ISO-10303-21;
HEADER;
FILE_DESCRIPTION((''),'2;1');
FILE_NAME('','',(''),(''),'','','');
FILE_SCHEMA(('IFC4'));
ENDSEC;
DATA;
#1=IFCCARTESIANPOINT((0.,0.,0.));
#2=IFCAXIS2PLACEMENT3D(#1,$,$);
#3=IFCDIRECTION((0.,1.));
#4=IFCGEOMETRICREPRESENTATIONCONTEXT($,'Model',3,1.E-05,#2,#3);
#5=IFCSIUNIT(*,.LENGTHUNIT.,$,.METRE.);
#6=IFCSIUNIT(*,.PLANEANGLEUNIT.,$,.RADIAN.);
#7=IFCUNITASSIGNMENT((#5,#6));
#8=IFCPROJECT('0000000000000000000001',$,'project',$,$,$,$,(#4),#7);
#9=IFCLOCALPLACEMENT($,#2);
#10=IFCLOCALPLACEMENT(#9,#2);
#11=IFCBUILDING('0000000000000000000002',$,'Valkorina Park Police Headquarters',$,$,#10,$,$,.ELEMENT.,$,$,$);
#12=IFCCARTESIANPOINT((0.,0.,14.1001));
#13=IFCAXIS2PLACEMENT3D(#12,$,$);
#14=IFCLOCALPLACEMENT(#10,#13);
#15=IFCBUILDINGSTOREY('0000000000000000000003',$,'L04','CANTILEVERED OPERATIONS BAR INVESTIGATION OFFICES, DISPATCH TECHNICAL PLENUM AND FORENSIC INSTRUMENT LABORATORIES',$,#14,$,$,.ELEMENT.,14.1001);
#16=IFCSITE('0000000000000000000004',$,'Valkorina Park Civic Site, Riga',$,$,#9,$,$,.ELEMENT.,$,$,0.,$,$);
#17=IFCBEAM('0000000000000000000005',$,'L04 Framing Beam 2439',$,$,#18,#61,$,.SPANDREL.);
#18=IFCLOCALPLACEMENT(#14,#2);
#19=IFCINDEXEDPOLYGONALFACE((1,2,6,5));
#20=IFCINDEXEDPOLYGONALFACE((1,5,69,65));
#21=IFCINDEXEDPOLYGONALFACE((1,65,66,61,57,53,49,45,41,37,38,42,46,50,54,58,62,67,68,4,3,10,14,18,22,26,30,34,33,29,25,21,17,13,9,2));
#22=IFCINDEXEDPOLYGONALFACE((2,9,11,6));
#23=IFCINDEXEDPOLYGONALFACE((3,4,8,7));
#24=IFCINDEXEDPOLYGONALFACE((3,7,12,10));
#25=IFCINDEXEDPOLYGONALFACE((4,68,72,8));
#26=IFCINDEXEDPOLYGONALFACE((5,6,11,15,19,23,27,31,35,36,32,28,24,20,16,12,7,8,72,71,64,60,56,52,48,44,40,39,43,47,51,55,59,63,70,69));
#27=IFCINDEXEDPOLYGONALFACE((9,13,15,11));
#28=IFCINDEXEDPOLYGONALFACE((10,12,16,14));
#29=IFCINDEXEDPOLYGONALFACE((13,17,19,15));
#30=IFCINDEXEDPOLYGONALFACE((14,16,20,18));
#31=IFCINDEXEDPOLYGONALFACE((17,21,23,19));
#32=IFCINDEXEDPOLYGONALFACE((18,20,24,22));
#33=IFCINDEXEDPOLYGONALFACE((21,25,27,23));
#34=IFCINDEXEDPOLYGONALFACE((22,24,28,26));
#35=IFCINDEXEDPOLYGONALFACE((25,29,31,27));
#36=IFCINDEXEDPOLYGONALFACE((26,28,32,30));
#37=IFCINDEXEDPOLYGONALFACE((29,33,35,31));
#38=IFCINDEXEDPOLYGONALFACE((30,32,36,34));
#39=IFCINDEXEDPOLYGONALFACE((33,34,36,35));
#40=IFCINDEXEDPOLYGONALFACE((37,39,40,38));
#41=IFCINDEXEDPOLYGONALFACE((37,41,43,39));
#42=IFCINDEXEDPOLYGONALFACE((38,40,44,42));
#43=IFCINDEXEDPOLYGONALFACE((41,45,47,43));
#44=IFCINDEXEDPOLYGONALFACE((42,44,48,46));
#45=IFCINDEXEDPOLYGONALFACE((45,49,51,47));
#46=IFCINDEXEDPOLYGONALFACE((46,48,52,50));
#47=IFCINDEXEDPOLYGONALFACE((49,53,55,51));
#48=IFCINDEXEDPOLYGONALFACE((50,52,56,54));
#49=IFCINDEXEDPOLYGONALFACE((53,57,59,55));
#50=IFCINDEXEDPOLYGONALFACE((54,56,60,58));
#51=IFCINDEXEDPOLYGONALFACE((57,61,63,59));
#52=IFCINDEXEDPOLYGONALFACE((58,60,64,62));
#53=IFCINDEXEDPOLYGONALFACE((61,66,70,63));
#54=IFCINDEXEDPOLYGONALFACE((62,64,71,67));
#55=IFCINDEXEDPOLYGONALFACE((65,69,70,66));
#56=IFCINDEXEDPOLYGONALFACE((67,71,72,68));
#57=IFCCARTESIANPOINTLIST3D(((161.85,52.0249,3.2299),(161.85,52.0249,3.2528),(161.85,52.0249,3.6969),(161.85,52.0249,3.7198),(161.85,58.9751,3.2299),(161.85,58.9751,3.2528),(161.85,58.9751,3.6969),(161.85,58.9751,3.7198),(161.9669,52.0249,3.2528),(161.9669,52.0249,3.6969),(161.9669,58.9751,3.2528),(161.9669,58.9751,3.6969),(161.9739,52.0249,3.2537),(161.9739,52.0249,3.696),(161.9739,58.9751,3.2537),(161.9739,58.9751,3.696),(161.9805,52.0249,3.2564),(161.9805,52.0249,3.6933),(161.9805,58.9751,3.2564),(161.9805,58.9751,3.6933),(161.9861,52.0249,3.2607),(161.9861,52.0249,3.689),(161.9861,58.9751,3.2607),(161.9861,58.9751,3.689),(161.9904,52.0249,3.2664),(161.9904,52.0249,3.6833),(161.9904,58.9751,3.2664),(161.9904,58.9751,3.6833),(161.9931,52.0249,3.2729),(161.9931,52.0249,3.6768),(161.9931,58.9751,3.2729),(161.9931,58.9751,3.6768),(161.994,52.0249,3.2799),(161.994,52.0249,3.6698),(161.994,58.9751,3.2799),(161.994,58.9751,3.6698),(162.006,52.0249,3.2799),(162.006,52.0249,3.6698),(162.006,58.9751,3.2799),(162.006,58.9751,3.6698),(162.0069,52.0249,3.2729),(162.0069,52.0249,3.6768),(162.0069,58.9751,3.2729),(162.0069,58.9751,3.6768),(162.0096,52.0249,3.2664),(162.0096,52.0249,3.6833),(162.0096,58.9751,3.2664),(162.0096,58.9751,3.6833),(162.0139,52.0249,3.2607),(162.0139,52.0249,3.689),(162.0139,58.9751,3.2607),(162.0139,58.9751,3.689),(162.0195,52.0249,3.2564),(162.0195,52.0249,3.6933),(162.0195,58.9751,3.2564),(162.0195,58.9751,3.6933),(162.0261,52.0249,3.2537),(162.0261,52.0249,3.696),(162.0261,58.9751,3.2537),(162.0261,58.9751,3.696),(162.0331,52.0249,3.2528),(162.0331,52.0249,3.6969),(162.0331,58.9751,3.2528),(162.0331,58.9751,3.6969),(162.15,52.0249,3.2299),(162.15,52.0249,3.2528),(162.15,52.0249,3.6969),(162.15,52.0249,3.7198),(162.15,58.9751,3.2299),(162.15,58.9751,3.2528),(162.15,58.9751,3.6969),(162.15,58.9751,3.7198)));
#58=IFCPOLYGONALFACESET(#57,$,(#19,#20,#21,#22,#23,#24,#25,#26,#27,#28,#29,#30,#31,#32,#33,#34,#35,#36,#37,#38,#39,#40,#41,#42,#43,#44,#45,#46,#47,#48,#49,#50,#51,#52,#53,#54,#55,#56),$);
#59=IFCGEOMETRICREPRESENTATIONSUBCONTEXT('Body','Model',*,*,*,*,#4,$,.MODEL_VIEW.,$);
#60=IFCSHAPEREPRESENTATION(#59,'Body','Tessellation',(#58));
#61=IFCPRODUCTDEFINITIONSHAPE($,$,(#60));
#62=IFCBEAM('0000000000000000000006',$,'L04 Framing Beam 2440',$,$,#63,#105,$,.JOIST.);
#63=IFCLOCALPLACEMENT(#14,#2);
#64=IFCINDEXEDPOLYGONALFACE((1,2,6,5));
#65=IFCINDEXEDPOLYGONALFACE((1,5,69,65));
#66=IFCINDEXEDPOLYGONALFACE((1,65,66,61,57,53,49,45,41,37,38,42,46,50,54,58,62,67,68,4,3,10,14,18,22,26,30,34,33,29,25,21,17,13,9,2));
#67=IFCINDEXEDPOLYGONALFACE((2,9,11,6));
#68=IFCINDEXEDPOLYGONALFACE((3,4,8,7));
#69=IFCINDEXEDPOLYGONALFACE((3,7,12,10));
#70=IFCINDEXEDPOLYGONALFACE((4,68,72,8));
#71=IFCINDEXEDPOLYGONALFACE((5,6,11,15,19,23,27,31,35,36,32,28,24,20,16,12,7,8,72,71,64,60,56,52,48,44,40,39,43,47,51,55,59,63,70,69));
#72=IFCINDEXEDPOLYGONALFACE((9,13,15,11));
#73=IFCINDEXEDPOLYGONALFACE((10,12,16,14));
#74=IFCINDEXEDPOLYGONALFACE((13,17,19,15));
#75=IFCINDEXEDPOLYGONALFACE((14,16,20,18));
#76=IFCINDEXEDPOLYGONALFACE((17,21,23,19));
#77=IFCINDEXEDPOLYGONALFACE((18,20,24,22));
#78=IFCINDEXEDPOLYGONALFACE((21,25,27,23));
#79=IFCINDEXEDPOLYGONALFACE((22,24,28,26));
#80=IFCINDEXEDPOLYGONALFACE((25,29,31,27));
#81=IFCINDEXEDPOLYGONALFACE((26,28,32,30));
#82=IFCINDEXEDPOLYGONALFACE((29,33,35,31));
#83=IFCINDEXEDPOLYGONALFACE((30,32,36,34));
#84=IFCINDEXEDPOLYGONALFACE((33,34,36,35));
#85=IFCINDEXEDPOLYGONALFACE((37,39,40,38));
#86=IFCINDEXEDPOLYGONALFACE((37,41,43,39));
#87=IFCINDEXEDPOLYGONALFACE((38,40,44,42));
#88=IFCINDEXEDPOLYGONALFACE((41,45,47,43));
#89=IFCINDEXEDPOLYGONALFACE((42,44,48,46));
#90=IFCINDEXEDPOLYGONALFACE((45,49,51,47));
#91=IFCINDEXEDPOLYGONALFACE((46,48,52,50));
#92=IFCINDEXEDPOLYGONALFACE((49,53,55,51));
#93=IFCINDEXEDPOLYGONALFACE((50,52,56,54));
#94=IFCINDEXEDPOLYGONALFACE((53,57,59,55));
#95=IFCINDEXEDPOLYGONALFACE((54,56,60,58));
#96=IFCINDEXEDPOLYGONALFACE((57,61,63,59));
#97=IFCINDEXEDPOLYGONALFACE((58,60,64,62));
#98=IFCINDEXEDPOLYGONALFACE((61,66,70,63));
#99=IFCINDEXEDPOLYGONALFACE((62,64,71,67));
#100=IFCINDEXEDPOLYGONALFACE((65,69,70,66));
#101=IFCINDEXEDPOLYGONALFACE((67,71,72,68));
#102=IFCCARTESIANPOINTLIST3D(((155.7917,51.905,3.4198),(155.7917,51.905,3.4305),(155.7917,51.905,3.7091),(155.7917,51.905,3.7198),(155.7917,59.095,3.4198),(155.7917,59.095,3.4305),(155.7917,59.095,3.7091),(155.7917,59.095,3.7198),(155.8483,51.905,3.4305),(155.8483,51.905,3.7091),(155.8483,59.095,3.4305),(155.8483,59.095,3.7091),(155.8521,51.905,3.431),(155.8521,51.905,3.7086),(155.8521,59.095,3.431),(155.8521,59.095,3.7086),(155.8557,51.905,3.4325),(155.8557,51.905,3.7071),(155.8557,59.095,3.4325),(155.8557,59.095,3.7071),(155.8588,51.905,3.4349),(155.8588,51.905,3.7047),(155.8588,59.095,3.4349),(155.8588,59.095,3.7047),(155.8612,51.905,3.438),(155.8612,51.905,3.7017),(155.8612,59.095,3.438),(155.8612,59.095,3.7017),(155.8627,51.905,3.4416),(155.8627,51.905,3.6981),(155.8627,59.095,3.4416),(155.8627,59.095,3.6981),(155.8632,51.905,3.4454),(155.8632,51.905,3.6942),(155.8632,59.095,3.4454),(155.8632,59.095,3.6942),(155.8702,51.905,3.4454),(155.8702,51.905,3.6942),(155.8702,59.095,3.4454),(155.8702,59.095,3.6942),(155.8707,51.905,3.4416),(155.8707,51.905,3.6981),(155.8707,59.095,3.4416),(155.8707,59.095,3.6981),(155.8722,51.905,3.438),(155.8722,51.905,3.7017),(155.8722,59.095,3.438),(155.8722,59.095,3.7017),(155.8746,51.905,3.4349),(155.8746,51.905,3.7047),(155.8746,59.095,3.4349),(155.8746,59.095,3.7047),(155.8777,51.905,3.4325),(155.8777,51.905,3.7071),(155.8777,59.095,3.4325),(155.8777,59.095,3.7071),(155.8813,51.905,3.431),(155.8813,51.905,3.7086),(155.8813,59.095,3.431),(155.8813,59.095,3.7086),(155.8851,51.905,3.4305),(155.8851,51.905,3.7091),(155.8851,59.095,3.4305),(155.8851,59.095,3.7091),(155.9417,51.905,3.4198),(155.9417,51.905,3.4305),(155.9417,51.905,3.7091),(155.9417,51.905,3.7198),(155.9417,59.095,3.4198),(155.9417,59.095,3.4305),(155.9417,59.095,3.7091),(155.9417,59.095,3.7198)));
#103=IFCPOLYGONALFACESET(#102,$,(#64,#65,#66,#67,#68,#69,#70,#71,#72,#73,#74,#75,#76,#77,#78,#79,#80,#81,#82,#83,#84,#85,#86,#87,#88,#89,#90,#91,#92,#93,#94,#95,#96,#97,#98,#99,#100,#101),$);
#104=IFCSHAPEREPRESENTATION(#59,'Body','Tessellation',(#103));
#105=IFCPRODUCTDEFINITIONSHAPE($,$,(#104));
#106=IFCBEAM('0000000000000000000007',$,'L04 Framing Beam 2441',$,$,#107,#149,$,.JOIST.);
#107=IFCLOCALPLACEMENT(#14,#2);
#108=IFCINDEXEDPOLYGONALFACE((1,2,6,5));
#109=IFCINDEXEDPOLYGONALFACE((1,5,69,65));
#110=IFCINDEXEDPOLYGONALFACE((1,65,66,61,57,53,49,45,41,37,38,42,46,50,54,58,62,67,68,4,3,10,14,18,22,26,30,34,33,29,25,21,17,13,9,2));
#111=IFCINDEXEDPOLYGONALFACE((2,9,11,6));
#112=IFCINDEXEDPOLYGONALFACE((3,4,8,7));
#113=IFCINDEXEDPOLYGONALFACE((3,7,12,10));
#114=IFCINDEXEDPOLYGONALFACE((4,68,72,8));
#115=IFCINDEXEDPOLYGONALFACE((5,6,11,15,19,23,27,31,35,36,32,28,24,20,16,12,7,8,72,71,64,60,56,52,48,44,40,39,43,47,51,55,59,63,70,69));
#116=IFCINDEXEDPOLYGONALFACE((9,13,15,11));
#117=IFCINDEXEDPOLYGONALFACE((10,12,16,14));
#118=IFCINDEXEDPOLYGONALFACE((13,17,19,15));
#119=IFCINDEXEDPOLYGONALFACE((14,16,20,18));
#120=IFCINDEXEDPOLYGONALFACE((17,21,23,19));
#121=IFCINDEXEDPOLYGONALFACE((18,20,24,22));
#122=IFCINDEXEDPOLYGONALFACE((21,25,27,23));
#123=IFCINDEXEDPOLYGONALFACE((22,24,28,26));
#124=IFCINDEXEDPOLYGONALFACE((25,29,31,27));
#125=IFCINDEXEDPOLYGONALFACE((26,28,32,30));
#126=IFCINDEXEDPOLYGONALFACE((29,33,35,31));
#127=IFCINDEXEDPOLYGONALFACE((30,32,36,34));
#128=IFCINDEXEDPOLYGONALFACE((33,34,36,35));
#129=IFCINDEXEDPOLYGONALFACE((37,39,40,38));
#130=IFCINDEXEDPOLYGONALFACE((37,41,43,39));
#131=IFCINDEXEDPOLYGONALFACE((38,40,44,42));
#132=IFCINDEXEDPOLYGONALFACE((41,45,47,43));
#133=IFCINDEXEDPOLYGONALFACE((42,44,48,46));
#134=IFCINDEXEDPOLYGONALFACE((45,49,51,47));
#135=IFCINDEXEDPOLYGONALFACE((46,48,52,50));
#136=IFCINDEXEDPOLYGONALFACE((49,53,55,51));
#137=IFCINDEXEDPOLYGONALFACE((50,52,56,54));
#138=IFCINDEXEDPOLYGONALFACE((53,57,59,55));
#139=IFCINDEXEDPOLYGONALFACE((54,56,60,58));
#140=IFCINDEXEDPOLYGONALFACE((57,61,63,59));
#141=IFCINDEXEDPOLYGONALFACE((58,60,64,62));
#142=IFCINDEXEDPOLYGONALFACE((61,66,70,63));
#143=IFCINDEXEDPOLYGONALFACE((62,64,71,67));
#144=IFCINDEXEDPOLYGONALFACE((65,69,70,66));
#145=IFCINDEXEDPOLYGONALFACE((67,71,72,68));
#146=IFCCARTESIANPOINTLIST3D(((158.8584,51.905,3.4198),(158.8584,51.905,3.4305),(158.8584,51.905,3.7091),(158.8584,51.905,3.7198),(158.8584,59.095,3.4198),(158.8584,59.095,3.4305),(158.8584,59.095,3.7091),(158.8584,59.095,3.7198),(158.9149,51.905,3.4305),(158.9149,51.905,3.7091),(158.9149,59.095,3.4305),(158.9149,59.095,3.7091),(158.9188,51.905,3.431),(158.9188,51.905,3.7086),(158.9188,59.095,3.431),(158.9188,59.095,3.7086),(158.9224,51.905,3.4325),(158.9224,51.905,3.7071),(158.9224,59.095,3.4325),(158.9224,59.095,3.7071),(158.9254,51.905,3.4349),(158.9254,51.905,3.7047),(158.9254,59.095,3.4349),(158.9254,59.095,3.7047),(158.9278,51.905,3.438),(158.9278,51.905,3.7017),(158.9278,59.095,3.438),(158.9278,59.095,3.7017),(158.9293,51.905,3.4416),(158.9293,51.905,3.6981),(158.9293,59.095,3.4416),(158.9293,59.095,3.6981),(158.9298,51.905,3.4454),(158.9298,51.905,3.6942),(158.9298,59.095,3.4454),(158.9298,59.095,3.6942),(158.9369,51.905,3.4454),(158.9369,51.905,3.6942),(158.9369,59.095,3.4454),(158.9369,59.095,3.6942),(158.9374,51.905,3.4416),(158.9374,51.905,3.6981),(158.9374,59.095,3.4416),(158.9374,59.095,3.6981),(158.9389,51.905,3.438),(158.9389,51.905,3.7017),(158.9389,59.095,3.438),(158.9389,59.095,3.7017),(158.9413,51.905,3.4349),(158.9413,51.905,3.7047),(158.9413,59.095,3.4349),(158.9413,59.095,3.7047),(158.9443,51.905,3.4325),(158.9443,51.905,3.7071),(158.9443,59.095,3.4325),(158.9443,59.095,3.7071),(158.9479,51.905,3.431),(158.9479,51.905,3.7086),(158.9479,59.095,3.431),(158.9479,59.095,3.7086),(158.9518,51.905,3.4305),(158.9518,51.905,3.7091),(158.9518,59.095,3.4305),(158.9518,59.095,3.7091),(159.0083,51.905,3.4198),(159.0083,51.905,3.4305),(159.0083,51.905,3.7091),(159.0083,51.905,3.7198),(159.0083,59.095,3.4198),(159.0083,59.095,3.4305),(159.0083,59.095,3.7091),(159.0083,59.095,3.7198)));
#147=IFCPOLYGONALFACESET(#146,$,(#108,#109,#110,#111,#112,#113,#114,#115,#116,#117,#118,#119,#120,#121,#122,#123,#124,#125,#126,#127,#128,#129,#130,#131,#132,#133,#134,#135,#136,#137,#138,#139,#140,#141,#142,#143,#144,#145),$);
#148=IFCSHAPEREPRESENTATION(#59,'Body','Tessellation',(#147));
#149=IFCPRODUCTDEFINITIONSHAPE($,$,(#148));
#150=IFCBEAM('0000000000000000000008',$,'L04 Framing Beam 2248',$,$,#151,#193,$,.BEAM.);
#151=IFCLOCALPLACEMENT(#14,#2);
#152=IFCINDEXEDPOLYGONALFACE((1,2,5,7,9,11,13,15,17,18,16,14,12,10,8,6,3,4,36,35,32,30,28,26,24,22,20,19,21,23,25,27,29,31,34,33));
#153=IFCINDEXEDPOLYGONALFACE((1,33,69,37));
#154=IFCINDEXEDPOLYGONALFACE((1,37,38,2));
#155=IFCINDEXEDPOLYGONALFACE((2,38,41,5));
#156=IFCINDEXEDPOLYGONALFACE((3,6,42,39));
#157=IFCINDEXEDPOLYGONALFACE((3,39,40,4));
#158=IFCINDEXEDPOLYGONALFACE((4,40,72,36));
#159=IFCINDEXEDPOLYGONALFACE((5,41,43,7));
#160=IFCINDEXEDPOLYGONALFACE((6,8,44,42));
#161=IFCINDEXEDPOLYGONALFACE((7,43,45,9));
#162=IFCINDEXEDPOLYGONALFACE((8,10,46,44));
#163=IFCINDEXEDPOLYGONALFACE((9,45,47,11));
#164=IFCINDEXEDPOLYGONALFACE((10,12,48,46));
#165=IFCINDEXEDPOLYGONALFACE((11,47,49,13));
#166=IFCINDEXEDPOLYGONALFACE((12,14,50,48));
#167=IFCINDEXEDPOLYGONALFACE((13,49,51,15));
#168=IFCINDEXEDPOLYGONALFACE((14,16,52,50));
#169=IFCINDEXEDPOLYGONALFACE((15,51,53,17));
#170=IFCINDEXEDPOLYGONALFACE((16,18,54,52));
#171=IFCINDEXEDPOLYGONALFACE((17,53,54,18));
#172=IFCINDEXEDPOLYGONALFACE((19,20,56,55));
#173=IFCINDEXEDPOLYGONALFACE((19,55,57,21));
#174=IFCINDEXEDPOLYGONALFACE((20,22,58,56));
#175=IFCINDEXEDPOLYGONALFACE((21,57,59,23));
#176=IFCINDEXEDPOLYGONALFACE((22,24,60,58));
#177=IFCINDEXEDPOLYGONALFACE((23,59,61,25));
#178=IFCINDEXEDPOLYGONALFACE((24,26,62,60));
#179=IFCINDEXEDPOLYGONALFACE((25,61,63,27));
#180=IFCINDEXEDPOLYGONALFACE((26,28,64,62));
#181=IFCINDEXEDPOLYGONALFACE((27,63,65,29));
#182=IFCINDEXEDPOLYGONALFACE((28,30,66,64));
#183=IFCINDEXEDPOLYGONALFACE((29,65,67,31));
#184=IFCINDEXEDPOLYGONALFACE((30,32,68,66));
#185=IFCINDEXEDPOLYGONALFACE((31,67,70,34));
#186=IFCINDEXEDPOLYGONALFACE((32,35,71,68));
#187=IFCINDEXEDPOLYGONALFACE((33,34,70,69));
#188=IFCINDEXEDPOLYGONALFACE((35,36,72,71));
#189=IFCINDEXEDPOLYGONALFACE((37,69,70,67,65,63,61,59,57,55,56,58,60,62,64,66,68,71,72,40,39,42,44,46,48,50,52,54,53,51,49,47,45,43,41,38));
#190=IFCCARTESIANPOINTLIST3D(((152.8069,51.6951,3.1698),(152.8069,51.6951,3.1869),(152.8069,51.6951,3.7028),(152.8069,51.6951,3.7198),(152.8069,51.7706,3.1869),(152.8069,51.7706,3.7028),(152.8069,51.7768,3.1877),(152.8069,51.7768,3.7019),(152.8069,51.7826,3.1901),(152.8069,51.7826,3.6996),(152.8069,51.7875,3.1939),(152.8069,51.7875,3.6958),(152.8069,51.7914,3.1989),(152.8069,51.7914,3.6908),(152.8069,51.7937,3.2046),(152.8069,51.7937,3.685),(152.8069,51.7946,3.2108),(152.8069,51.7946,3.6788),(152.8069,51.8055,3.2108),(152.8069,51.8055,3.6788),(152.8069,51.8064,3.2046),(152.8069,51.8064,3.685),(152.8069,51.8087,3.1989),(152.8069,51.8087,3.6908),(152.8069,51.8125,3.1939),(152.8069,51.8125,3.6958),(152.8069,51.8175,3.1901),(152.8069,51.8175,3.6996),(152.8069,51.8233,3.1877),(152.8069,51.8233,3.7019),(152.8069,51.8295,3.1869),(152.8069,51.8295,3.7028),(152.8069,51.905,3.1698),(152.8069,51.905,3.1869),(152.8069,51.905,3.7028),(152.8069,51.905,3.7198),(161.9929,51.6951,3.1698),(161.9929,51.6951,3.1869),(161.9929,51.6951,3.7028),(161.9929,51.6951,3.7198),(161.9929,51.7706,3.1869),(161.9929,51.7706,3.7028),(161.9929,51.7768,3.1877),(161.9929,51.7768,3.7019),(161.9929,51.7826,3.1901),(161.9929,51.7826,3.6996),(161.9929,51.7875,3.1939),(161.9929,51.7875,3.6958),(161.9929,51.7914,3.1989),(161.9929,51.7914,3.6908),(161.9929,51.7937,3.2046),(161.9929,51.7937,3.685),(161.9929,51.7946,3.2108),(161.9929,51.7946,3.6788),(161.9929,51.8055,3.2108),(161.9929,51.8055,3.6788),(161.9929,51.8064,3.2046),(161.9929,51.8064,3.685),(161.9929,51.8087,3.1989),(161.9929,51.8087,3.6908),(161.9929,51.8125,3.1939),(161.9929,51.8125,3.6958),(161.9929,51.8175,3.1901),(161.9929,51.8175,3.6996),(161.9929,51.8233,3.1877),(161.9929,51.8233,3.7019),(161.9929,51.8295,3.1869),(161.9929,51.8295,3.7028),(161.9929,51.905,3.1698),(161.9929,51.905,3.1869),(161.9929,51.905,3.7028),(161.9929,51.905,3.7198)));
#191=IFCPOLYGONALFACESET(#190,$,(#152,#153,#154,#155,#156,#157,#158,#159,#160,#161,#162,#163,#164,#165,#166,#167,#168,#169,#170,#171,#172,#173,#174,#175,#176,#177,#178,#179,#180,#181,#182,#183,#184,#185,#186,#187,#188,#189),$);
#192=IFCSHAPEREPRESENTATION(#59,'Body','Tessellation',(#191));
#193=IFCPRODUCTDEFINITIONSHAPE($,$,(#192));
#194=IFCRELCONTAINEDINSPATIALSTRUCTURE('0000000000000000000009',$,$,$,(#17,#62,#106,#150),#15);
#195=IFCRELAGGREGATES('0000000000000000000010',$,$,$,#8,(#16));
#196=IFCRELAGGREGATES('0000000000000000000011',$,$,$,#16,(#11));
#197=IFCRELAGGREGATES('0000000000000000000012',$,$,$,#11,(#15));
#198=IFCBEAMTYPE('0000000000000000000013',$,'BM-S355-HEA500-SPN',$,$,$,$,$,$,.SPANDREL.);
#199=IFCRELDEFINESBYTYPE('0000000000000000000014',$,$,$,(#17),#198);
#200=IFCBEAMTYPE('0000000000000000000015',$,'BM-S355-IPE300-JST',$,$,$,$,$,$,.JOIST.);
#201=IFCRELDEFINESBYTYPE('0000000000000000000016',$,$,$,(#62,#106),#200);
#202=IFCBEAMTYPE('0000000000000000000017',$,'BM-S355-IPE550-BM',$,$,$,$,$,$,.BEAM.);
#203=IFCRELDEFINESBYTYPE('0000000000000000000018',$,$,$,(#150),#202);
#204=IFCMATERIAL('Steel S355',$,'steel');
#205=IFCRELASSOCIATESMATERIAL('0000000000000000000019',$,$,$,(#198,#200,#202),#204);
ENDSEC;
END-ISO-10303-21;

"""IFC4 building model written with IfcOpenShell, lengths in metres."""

from ifc_helpers import new_model, si_unit, direction, frame, origin, origin_2d, place, context, subcontext, project, spatial, i_section, extrude, material, material_profile, profile_set, type_object, element, save


model = new_model("IFC4")

# Units and contexts
model_context = context("Model", 3, precision=1e-05, world=origin(), true_north=direction((0.0, 1.0)))
body_context = subcontext(model_context, "Body", "Model", "MODEL_VIEW")
ifc_project = project(units=[si_unit("LENGTHUNIT", "METRE"), si_unit("PLANEANGLEUNIT", "RADIAN")], contexts=[model_context])

# Site, building, storey
site_placement = place(None, origin())
site = spatial("IfcSite", under=ifc_project, at=site_placement, Name="Valkorina Park Civic Site, Riga", CompositionType="ELEMENT", RefElevation=0.0)
building_placement = place(site_placement, origin())
building = spatial("IfcBuilding", under=site, at=building_placement, Name="Valkorina Park Police Headquarters", CompositionType="ELEMENT")
storey_placement = place(building_placement, frame((0.0, 0.0, 14.1001)))
storey = spatial("IfcBuildingStorey", under=building, at=storey_placement, Name="L04", Description="CANTILEVERED OPERATIONS BAR INVESTIGATION OFFICES, DISPATCH TECHNICAL PLENUM AND FORENSIC INSTRUMENT LABORATORIES", CompositionType="ELEMENT", Elevation=14.1001)

# Shared definitions
ifc_material_1 = material(Name="Steel S355", Category="steel")

# Beams
ifc_material_profile_1 = material_profile(ifc_material_1, i_section(OverallWidth=0.3, OverallDepth=0.49, WebThickness=0.012, FlangeThickness=0.0229, FilletRadius=0.0271, at=origin_2d()), Name="HEA 500")
ifc_profile_set_1 = profile_set([ifc_material_profile_1], Name="Steel S355")
beam_type_1 = type_object("IfcBeamType", Name="BM-S355-HEA500-SPN", PredefinedType="SPANDREL", material=ifc_profile_set_1)
beam_1_placement = place(storey_placement, frame((162.0, 52.0249, 3.4749), z_axis=(0.0, 1.0, 0.0), x_axis=(-1.0, 0.0, 0.0)))
element("IfcBeam", 1, at=beam_1_placement, inside=storey, type_object=beam_type_1, Name="L04 Framing Beam 2439", PredefinedType="SPANDREL", context=body_context, shape_type="SweptSolid", body=[
    extrude(i_section(OverallWidth=0.3, OverallDepth=0.49, WebThickness=0.012, FlangeThickness=0.0229, FilletRadius=0.0271, at=origin_2d()), origin(), (0.0, 0.0, 1.0), 6.9502),
])
ifc_material_profile_2 = material_profile(ifc_material_1, i_section(OverallWidth=0.1499, OverallDepth=0.3, WebThickness=0.0071, FlangeThickness=0.0107, FilletRadius=0.0149, at=origin_2d()), Name="IPE 300")
ifc_profile_set_2 = profile_set([ifc_material_profile_2], Name="Steel S355")
beam_type_2 = type_object("IfcBeamType", Name="BM-S355-IPE300-JST", PredefinedType="JOIST", material=ifc_profile_set_2)
for number, where, z_axis, x_axis, name in (
    (2, (155.8667, 51.905, 3.5698), (0.0, 1.0, 0.0), (-1.0, 0.0, 0.0), "L04 Framing Beam 2440"),
    (3, (158.9333, 51.905, 3.5698), (0.0, 1.0, 0.0), (-1.0, 0.0, 0.0), "L04 Framing Beam 2441"),
):
    element("IfcBeam", number, at=place(storey_placement, frame(where, z_axis=z_axis, x_axis=x_axis)), inside=storey, type_object=beam_type_2, Name=name, PredefinedType="JOIST", context=body_context, shape_type="SweptSolid", body=[
        extrude(i_section(OverallWidth=0.1499, OverallDepth=0.3, WebThickness=0.0071, FlangeThickness=0.0107, FilletRadius=0.0149, at=origin_2d()), origin(), (0.0, 0.0, 1.0), 7.1899),
    ])
ifc_material_profile_3 = material_profile(ifc_material_1, i_section(OverallWidth=0.21, OverallDepth=0.55, WebThickness=0.011, FlangeThickness=0.0171, FilletRadius=0.0239, at=origin_2d()), Name="IPE 550")
ifc_profile_set_3 = profile_set([ifc_material_profile_3], Name="Steel S355")
beam_type_3 = type_object("IfcBeamType", Name="BM-S355-IPE550-BM", PredefinedType="BEAM", material=ifc_profile_set_3)
beam_2_placement = place(storey_placement, frame((152.8069, 51.8, 3.4448), z_axis=(1.0, 0.0, 0.0), x_axis=(0.0, 1.0, 0.0)))
element("IfcBeam", 4, at=beam_2_placement, inside=storey, type_object=beam_type_3, Name="L04 Framing Beam 2248", PredefinedType="BEAM", context=body_context, shape_type="SweptSolid", body=[
    extrude(i_section(OverallWidth=0.21, OverallDepth=0.55, WebThickness=0.011, FlangeThickness=0.0171, FilletRadius=0.0239, at=origin_2d()), origin(), (0.0, 0.0, 1.0), 9.186),
])

save(model, "model.ifc")
